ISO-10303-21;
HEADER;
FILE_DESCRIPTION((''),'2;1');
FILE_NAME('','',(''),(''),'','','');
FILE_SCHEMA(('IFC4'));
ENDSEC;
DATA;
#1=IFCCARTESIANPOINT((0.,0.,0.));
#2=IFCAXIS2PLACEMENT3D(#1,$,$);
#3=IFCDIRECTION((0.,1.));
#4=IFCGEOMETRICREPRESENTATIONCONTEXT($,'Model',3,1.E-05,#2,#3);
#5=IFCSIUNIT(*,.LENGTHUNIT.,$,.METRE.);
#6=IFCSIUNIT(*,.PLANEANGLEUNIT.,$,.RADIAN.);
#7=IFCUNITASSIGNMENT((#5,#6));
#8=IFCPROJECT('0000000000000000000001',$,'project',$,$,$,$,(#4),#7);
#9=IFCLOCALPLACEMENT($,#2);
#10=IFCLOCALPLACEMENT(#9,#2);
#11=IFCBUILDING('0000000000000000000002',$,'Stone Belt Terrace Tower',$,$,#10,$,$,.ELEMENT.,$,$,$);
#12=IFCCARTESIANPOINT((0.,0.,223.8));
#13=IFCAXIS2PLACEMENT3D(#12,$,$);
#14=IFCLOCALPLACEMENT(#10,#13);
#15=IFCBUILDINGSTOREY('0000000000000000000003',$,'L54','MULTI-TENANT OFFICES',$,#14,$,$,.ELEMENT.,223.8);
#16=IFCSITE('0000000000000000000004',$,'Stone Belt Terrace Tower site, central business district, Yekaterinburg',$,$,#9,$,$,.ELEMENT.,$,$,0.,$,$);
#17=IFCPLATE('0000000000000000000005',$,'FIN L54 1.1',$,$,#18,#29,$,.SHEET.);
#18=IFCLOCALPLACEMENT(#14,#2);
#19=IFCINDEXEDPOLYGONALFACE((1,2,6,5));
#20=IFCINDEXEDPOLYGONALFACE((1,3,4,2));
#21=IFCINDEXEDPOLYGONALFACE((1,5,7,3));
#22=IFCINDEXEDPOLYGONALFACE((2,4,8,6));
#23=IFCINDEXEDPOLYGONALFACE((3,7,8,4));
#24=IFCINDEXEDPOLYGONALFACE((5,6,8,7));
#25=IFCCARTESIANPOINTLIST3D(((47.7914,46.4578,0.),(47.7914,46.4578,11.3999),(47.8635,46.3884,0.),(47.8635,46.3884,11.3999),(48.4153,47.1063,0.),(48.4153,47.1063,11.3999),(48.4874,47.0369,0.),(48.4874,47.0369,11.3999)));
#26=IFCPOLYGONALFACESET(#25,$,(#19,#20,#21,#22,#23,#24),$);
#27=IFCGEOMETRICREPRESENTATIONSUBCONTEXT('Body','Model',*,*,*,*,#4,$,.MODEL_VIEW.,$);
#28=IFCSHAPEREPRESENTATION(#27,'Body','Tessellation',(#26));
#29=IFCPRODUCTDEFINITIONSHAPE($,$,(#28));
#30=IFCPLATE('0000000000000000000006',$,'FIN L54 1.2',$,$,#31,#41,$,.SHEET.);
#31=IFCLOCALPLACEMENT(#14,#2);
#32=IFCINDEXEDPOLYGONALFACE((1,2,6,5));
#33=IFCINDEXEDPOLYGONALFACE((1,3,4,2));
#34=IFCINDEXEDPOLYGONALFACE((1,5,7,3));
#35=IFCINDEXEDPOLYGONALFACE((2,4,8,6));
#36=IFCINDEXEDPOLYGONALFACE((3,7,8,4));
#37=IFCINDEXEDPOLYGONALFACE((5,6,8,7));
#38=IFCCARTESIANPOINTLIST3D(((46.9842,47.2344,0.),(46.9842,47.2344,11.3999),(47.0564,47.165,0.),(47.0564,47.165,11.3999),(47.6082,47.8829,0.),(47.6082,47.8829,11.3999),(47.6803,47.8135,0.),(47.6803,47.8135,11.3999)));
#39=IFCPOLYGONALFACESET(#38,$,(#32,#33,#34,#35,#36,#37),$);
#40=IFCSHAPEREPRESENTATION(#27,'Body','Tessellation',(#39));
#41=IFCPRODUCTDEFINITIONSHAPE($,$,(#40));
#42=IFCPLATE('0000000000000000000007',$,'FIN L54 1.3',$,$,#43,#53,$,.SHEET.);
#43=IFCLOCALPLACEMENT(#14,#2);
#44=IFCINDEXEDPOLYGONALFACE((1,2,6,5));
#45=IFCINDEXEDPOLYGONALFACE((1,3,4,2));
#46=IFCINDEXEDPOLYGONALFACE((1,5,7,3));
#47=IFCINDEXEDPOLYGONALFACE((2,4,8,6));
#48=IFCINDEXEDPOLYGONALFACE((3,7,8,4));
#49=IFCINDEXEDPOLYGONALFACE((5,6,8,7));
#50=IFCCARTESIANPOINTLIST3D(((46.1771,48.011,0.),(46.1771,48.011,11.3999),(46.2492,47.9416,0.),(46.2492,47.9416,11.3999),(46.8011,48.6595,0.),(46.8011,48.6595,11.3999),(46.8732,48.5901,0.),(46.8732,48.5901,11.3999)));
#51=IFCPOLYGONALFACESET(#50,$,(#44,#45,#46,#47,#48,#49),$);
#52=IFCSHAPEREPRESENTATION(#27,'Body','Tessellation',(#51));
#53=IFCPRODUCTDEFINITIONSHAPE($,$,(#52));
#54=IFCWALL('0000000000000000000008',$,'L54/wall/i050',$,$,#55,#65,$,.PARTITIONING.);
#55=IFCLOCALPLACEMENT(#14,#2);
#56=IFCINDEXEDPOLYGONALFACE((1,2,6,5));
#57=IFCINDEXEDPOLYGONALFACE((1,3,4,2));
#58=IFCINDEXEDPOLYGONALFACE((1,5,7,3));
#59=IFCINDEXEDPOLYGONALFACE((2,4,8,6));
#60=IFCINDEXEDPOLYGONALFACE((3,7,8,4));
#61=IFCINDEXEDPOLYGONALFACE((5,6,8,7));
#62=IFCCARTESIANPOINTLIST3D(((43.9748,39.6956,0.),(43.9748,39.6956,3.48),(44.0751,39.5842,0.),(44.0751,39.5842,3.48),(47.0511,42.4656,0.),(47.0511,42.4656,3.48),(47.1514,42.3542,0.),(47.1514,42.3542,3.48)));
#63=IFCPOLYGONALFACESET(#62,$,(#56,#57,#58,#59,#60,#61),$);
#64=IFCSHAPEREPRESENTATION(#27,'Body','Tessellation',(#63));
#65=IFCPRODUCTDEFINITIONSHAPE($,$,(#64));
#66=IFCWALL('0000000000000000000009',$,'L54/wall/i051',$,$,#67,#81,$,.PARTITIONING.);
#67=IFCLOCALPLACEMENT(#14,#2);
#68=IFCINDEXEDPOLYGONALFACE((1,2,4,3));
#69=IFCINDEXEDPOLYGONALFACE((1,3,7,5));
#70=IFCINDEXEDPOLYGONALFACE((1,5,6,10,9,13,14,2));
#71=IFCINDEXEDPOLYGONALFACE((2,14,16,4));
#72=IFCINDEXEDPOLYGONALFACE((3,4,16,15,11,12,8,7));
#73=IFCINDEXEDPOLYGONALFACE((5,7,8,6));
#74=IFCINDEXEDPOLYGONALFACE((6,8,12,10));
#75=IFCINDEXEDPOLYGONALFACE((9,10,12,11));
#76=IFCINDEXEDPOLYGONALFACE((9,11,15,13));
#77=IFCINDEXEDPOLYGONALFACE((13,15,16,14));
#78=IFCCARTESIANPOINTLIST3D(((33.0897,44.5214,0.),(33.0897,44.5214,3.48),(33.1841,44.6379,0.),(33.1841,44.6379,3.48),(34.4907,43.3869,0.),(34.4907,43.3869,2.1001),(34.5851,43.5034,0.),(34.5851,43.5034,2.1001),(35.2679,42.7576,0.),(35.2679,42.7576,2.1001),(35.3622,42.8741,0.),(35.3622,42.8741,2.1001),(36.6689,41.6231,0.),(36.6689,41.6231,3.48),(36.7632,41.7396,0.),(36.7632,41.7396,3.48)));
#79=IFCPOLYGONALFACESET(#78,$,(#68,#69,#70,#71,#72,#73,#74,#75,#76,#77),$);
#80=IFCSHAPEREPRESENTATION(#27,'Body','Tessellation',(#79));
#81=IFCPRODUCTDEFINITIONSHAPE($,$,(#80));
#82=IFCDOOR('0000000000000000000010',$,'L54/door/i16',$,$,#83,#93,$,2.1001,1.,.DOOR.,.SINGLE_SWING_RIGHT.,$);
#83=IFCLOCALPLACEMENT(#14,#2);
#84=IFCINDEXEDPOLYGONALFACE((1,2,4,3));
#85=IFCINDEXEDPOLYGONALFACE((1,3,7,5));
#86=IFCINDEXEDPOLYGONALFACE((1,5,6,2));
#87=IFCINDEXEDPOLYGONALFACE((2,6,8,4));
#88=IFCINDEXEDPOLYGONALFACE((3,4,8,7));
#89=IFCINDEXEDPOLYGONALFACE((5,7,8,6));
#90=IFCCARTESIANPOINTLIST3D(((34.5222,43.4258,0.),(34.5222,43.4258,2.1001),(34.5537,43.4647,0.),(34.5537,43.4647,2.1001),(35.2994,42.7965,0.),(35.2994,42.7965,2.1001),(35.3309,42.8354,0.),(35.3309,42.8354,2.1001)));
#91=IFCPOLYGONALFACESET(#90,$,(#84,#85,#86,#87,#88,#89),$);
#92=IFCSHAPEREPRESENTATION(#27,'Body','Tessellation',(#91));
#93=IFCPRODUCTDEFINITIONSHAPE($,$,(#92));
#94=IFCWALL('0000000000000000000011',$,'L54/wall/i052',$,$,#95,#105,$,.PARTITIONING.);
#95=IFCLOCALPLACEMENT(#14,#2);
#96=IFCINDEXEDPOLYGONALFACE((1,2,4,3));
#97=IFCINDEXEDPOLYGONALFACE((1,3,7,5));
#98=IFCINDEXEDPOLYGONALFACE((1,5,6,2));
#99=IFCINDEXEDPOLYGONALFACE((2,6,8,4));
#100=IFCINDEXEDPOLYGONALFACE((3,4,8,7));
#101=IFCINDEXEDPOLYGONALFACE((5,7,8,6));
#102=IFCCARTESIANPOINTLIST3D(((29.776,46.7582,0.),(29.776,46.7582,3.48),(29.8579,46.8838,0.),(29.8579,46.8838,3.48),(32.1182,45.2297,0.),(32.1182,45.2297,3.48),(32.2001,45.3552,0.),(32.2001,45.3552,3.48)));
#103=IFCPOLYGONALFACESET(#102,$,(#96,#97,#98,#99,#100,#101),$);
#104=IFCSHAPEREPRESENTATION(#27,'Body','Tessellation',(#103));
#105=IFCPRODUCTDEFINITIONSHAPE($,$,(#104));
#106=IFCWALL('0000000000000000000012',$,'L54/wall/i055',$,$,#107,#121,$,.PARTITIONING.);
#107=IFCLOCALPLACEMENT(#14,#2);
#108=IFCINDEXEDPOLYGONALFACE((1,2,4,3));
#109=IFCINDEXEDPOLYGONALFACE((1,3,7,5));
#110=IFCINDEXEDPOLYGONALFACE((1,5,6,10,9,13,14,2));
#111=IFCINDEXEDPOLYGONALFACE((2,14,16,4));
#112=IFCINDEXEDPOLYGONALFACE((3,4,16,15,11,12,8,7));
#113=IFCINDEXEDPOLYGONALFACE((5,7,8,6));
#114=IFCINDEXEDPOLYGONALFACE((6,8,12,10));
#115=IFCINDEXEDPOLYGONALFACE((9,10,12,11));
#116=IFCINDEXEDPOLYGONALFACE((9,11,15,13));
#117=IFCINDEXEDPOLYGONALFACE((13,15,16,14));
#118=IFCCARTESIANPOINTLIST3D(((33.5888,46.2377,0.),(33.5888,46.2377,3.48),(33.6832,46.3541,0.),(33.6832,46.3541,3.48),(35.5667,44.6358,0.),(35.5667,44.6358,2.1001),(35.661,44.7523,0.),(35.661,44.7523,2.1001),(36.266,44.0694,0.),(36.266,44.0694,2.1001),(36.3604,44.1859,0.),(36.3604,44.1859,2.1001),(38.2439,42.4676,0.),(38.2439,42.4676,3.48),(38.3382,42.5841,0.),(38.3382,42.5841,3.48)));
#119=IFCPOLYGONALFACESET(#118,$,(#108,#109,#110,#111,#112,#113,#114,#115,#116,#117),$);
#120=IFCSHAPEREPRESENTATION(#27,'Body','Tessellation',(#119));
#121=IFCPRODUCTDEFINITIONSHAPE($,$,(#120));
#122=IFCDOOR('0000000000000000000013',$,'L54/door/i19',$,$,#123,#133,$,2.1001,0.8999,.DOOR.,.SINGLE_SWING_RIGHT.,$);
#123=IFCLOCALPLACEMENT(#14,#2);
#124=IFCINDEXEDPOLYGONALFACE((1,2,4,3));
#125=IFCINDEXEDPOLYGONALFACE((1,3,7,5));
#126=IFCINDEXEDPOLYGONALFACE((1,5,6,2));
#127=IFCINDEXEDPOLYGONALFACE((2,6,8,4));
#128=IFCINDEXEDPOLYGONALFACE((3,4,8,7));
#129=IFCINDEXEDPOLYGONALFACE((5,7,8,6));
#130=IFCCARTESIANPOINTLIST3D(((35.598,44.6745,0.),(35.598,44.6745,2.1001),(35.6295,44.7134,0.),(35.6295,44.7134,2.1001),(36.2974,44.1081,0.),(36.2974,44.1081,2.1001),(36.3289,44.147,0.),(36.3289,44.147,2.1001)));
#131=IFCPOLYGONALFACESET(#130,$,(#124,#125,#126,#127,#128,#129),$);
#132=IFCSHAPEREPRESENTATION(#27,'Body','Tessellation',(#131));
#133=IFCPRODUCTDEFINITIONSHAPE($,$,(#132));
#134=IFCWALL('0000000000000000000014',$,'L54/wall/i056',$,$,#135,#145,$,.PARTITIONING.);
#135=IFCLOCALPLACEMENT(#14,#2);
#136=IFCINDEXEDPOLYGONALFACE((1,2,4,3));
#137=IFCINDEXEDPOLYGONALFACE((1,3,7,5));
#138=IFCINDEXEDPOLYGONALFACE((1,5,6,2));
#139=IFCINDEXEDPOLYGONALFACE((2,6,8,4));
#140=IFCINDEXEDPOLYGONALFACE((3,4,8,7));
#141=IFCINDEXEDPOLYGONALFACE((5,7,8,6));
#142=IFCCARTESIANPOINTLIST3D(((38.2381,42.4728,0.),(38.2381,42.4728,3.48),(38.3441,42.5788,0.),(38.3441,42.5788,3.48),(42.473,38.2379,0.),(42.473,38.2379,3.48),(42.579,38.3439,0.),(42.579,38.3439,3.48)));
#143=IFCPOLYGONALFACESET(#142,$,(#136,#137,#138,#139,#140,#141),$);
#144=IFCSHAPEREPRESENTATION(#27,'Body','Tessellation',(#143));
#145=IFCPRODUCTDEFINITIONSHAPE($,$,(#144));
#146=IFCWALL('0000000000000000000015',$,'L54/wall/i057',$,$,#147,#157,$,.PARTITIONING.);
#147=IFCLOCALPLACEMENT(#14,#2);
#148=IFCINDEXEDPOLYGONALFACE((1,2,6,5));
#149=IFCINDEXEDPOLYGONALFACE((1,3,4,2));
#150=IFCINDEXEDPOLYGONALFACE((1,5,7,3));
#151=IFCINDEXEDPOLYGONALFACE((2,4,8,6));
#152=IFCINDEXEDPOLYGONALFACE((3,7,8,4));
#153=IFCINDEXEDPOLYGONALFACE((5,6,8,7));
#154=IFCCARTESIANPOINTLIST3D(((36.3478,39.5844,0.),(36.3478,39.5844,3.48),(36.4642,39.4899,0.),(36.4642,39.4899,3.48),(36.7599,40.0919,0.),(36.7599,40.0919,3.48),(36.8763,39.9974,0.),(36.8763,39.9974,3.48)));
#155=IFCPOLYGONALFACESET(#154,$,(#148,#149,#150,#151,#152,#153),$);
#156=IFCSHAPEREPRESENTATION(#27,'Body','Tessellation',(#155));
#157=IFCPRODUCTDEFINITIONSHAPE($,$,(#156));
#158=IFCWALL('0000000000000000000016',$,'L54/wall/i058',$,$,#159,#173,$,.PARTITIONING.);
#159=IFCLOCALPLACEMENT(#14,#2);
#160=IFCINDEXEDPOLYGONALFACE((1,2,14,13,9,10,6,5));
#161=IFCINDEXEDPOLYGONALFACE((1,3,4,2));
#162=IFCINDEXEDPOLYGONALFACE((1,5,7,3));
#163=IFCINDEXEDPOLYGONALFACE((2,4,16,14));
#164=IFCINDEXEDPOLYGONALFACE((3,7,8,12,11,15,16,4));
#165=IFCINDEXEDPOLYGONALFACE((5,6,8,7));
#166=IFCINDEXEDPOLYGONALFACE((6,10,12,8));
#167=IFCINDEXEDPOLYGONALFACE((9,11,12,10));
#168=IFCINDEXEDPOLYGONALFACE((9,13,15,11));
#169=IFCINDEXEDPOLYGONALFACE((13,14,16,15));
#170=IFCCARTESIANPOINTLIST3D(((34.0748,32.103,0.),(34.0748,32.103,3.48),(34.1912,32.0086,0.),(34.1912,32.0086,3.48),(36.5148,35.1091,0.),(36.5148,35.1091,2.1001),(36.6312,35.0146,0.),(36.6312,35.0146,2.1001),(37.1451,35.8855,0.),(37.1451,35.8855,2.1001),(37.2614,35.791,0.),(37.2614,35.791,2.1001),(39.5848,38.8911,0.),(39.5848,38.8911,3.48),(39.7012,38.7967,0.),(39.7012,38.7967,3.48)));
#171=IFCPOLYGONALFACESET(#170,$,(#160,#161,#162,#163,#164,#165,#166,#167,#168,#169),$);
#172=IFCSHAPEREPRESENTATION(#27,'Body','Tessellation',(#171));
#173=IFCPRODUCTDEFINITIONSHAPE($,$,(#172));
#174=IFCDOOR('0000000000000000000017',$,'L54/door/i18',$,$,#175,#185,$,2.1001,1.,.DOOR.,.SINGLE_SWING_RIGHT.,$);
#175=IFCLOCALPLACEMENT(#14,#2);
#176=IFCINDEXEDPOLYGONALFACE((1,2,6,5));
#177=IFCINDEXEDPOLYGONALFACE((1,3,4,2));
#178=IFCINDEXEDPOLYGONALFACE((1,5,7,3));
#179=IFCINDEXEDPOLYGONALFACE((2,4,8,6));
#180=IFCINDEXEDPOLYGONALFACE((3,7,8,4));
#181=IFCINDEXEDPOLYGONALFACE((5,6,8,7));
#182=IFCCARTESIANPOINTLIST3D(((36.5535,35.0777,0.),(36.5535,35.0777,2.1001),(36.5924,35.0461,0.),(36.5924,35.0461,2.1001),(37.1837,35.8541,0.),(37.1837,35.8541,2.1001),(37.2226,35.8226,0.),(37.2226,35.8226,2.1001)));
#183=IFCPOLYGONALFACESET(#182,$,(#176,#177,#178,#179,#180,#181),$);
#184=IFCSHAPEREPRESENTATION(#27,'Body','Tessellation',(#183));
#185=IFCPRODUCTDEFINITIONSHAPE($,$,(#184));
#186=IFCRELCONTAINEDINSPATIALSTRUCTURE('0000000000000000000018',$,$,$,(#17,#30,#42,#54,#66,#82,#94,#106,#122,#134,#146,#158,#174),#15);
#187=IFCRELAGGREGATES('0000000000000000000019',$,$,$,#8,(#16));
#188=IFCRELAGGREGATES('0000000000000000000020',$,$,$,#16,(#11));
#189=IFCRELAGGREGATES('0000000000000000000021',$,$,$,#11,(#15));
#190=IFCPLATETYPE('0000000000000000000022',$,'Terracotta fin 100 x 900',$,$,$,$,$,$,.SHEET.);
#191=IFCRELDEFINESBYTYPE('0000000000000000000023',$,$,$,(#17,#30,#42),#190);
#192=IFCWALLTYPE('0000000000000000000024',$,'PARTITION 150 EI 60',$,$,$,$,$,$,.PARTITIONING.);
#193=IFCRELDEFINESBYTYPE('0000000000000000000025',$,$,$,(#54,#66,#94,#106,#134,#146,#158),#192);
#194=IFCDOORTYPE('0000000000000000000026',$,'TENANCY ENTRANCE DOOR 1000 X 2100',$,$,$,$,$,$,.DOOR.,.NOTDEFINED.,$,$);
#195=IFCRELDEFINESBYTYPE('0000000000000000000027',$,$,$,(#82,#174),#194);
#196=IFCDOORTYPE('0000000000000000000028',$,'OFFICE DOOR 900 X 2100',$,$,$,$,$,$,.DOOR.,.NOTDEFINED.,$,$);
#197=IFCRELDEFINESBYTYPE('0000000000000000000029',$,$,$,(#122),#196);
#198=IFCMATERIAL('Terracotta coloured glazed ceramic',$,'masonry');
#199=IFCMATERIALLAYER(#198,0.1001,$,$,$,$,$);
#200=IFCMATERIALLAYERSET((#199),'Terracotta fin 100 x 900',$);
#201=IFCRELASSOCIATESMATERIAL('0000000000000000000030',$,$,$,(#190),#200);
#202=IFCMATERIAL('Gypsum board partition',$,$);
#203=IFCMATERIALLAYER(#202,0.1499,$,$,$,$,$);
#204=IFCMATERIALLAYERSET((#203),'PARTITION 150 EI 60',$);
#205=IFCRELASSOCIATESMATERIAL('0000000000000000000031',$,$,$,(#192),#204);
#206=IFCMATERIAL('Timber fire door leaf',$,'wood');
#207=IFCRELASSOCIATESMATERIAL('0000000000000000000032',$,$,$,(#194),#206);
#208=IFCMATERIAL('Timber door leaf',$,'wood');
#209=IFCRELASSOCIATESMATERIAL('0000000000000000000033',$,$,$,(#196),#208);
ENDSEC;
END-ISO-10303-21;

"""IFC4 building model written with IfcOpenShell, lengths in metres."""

from ifc_helpers import new_model, si_unit, direction, frame, frame_2d, origin, origin_2d, place, context, subcontext, project, spatial, rectangle, extrude, material, layer, layer_set, type_object, element, fill, save


model = new_model("IFC4")

# Units and contexts
model_context = context("Model", 3, precision=1e-05, world=origin(), true_north=direction((0.0, 1.0)))
body_context = subcontext(model_context, "Body", "Model", "MODEL_VIEW")
ifc_project = project(units=[si_unit("LENGTHUNIT", "METRE"), si_unit("PLANEANGLEUNIT", "RADIAN")], contexts=[model_context])

# Site, building, storey
site_placement = place(None, origin())
site = spatial("IfcSite", under=ifc_project, at=site_placement, Name="Stone Belt Terrace Tower site, central business district, Yekaterinburg", CompositionType="ELEMENT", RefElevation=0.0)
building_placement = place(site_placement, origin())
building = spatial("IfcBuilding", under=site, at=building_placement, Name="Stone Belt Terrace Tower", CompositionType="ELEMENT")
storey_placement = place(building_placement, frame((0.0, 0.0, 223.8)))
storey = spatial("IfcBuildingStorey", under=building, at=storey_placement, Name="L54", Description="MULTI-TENANT OFFICES", CompositionType="ELEMENT", Elevation=223.8)

# Plates
ifc_material_1 = material(Name="Terracotta coloured glazed ceramic", Category="masonry")
ifc_layer_1 = layer(ifc_material_1, 0.1001)
ifc_layer_set_1 = layer_set([ifc_layer_1], Name="Terracotta fin 100 x 900")
plate_type_1 = type_object("IfcPlateType", Name="Terracotta fin 100 x 900", PredefinedType="SHEET", material=ifc_layer_set_1)
for number, where, z_axis, x_axis, name in (
    (1, (48.1394, 46.7473, 0.0), (0.0, 0.0, 1.0), (0.693346, 0.720604, 0.0), "FIN L54 1.1"),
    (2, (47.3323, 47.5239, 0.0), (0.0, 0.0, 1.0), (0.693346, 0.720604, 0.0), "FIN L54 1.2"),
    (3, (46.5251, 48.3005, 0.0), (0.0, 0.0, 1.0), (0.693346, 0.720604, 0.0), "FIN L54 1.3"),
):
    element("IfcPlate", number, at=place(storey_placement, frame(where, z_axis=z_axis, x_axis=x_axis)), inside=storey, type_object=plate_type_1, Name=name, PredefinedType="SHEET", context=body_context, shape_type="SweptSolid", body=[
        extrude(rectangle(XDim=0.8999, YDim=0.1001, at=origin_2d()), origin(), (0.0, 0.0, 1.0), 11.3999),
    ])

# Wall
ifc_material_2 = material(Name="Gypsum board partition")
ifc_layer_2 = layer(ifc_material_2, 0.1499)
ifc_layer_set_2 = layer_set([ifc_layer_2], Name="PARTITION 150 EI 60")
wall_type = type_object("IfcWallType", Name="PARTITION 150 EI 60", PredefinedType="PARTITIONING", material=ifc_layer_set_2)
wall_1_placement = place(storey_placement, frame((44.0249, 39.6399, 0.0), z_axis=(0.0, 0.0, 1.0), x_axis=(0.743145, 0.669131, 0.0)))
element("IfcWall", 4, at=wall_1_placement, inside=storey, type_object=wall_type, Name="L54/wall/i050", PredefinedType="PARTITIONING", context=body_context, shape_type="SweptSolid", body=[
    extrude(rectangle(XDim=4.1396, YDim=0.1499, at=frame_2d((2.0698, 0.0))), origin(), (0.0, 0.0, 1.0), 3.48),
])

# Wall, opening, door
wall_2_placement = place(storey_placement, frame((36.7161, 41.6814, 0.0), z_axis=(0.0, 0.0, 1.0), x_axis=(-0.777157, 0.629306, 0.0)))
wall_2 = element("IfcWall", 5, at=wall_2_placement, inside=storey, type_object=wall_type, Name="L54/wall/i051", PredefinedType="PARTITIONING", context=body_context, shape_type="SweptSolid", body=[
    extrude(rectangle(XDim=4.6055, YDim=0.1499, at=frame_2d((2.3027, 0.0))), origin(), (0.0, 0.0, 1.0), 3.48),
])
opening_1_placement = place(wall_2_placement, frame((1.8027, 0.0, 0.0)))
opening_1 = element("IfcOpeningElement", 6, at=opening_1_placement, cuts=wall_2, PredefinedType="OPENING", context=body_context, shape_type="SweptSolid", body=[
    extrude(rectangle(XDim=1.0, YDim=2.1001, at=frame_2d((0.5, 1.05))), frame((0.0, 0.085, 0.0), z_axis=(0.0, -1.0, 0.0), x_axis=(1.0, 0.0, 0.0)), (0.0, 0.0, 1.0), 0.1699),
])
ifc_material_3 = material(Name="Timber fire door leaf", Category="wood")
door_type_1 = type_object("IfcDoorType", Name="TENANCY ENTRANCE DOOR 1000 X 2100", OperationType="NOTDEFINED", PredefinedType="DOOR", material=ifc_material_3)
door_1_placement = place(opening_1_placement, origin())
door_1 = element("IfcDoor", 7, at=door_1_placement, inside=storey, type_object=door_type_1, Name="L54/door/i16", OperationType="SINGLE_SWING_RIGHT", OverallHeight=2.1001, OverallWidth=1.0, PredefinedType="DOOR", context=body_context, shape_type="SweptSolid", body=[
    extrude(rectangle(XDim=1.0, YDim=2.1001, at=frame_2d((0.5, 1.05))), frame((0.0, 0.0249, 0.0), z_axis=(0.0, -1.0, 0.0), x_axis=(1.0, 0.0, 0.0)), (0.0, 0.0, 1.0), 0.05),
])
fill(opening_1, door_1)

# Wall
wall_3_placement = place(storey_placement, frame((32.1592, 45.2925, 0.0), z_axis=(0.0, 0.0, 1.0), x_axis=(-0.837449, 0.546515, 0.0)))
element("IfcWall", 8, at=wall_3_placement, inside=storey, type_object=wall_type, Name="L54/wall/i052", PredefinedType="PARTITIONING", context=body_context, shape_type="SweptSolid", body=[
    extrude(rectangle(XDim=2.7969, YDim=0.1499, at=frame_2d((1.3984, 0.0))), origin(), (0.0, 0.0, 1.0), 3.48),
])

# Wall, opening, door
wall_4_placement = place(storey_placement, frame((33.636, 46.2959, 0.0), z_axis=(0.0, 0.0, 1.0), x_axis=(0.777109, -0.629366, 0.0)))
wall_4 = element("IfcWall", 9, at=wall_4_placement, inside=storey, type_object=wall_type, Name="L54/wall/i055", PredefinedType="PARTITIONING", context=body_context, shape_type="SweptSolid", body=[
    extrude(rectangle(XDim=5.9902, YDim=0.1499, at=frame_2d((2.9951, 0.0))), origin(), (0.0, 0.0, 1.0), 3.48),
])
opening_2_placement = place(wall_4_placement, frame((2.5452, 0.0, 0.0)))
opening_2 = element("IfcOpeningElement", 10, at=opening_2_placement, cuts=wall_4, PredefinedType="OPENING", context=body_context, shape_type="SweptSolid", body=[
    extrude(rectangle(XDim=0.8999, YDim=2.1001, at=frame_2d((0.45, 1.05))), frame((0.0, 0.085, 0.0), z_axis=(0.0, -1.0, 0.0), x_axis=(1.0, 0.0, 0.0)), (0.0, 0.0, 1.0), 0.1699),
])
ifc_material_4 = material(Name="Timber door leaf", Category="wood")
door_type_2 = type_object("IfcDoorType", Name="OFFICE DOOR 900 X 2100", OperationType="NOTDEFINED", PredefinedType="DOOR", material=ifc_material_4)
door_2_placement = place(opening_2_placement, origin())
door_2 = element("IfcDoor", 11, at=door_2_placement, inside=storey, type_object=door_type_2, Name="L54/door/i19", OperationType="SINGLE_SWING_RIGHT", OverallHeight=2.1001, OverallWidth=0.8999, PredefinedType="DOOR", context=body_context, shape_type="SweptSolid", body=[
    extrude(rectangle(XDim=0.8999, YDim=2.1001, at=frame_2d((0.45, 1.05))), frame((0.0, 0.0249, 0.0), z_axis=(0.0, -1.0, 0.0), x_axis=(1.0, 0.0, 0.0)), (0.0, 0.0, 1.0), 0.05),
])
fill(opening_2, door_2)

# Walls
wall_5_placement = place(storey_placement, frame((38.291, 42.5259, 0.0), z_axis=(0.0, 0.0, 1.0), x_axis=(0.707107, -0.707107, 0.0)))
element("IfcWall", 12, at=wall_5_placement, inside=storey, type_object=wall_type, Name="L54/wall/i056", PredefinedType="PARTITIONING", context=body_context, shape_type="SweptSolid", body=[
    extrude(rectangle(XDim=5.989, YDim=0.1499, at=frame_2d((2.9946, 0.0))), origin(), (0.0, 0.0, 1.0), 3.48),
])
wall_6_placement = place(storey_placement, frame((36.406, 39.5371, 0.0), z_axis=(0.0, 0.0, 1.0), x_axis=(0.630325, 0.776331, 0.0)))
element("IfcWall", 13, at=wall_6_placement, inside=storey, type_object=wall_type, Name="L54/wall/i057", PredefinedType="PARTITIONING", context=body_context, shape_type="SweptSolid", body=[
    extrude(rectangle(XDim=0.6538, YDim=0.1499, at=frame_2d((0.3269, 0.0))), origin(), (0.0, 0.0, 1.0), 3.48),
])

# Wall, opening, door
wall_7_placement = place(storey_placement, frame((39.6431, 38.844, 0.0), z_axis=(0.0, 0.0, 1.0), x_axis=(-0.630227, -0.776411, 0.0)))
wall_7 = element("IfcWall", 14, at=wall_7_placement, inside=storey, type_object=wall_type, Name="L54/wall/i058", PredefinedType="PARTITIONING", context=body_context, shape_type="SweptSolid", body=[
    extrude(rectangle(XDim=8.7429, YDim=0.1499, at=frame_2d((4.3716, 0.0))), origin(), (0.0, 0.0, 1.0), 3.48),
])
opening_3_placement = place(wall_7_placement, frame((3.8713, 0.0, 0.0)))
opening_3 = element("IfcOpeningElement", 15, at=opening_3_placement, cuts=wall_7, PredefinedType="OPENING", context=body_context, shape_type="SweptSolid", body=[
    extrude(rectangle(XDim=1.0, YDim=2.1001, at=frame_2d((0.5, 1.05))), frame((0.0, 0.085, 0.0), z_axis=(0.0, -1.0, 0.0), x_axis=(1.0, 0.0, 0.0)), (0.0, 0.0, 1.0), 0.1699),
])
door_3_placement = place(opening_3_placement, origin())
door_3 = element("IfcDoor", 16, at=door_3_placement, inside=storey, type_object=door_type_1, Name="L54/door/i18", OperationType="SINGLE_SWING_RIGHT", OverallHeight=2.1001, OverallWidth=1.0, PredefinedType="DOOR", context=body_context, shape_type="SweptSolid", body=[
    extrude(rectangle(XDim=1.0, YDim=2.1001, at=frame_2d((0.5, 1.05))), frame((0.0, 0.0249, 0.0), z_axis=(0.0, -1.0, 0.0), x_axis=(1.0, 0.0, 0.0)), (0.0, 0.0, 1.0), 0.05),
])
fill(opening_3, door_3)

save(model, "model.ifc")
